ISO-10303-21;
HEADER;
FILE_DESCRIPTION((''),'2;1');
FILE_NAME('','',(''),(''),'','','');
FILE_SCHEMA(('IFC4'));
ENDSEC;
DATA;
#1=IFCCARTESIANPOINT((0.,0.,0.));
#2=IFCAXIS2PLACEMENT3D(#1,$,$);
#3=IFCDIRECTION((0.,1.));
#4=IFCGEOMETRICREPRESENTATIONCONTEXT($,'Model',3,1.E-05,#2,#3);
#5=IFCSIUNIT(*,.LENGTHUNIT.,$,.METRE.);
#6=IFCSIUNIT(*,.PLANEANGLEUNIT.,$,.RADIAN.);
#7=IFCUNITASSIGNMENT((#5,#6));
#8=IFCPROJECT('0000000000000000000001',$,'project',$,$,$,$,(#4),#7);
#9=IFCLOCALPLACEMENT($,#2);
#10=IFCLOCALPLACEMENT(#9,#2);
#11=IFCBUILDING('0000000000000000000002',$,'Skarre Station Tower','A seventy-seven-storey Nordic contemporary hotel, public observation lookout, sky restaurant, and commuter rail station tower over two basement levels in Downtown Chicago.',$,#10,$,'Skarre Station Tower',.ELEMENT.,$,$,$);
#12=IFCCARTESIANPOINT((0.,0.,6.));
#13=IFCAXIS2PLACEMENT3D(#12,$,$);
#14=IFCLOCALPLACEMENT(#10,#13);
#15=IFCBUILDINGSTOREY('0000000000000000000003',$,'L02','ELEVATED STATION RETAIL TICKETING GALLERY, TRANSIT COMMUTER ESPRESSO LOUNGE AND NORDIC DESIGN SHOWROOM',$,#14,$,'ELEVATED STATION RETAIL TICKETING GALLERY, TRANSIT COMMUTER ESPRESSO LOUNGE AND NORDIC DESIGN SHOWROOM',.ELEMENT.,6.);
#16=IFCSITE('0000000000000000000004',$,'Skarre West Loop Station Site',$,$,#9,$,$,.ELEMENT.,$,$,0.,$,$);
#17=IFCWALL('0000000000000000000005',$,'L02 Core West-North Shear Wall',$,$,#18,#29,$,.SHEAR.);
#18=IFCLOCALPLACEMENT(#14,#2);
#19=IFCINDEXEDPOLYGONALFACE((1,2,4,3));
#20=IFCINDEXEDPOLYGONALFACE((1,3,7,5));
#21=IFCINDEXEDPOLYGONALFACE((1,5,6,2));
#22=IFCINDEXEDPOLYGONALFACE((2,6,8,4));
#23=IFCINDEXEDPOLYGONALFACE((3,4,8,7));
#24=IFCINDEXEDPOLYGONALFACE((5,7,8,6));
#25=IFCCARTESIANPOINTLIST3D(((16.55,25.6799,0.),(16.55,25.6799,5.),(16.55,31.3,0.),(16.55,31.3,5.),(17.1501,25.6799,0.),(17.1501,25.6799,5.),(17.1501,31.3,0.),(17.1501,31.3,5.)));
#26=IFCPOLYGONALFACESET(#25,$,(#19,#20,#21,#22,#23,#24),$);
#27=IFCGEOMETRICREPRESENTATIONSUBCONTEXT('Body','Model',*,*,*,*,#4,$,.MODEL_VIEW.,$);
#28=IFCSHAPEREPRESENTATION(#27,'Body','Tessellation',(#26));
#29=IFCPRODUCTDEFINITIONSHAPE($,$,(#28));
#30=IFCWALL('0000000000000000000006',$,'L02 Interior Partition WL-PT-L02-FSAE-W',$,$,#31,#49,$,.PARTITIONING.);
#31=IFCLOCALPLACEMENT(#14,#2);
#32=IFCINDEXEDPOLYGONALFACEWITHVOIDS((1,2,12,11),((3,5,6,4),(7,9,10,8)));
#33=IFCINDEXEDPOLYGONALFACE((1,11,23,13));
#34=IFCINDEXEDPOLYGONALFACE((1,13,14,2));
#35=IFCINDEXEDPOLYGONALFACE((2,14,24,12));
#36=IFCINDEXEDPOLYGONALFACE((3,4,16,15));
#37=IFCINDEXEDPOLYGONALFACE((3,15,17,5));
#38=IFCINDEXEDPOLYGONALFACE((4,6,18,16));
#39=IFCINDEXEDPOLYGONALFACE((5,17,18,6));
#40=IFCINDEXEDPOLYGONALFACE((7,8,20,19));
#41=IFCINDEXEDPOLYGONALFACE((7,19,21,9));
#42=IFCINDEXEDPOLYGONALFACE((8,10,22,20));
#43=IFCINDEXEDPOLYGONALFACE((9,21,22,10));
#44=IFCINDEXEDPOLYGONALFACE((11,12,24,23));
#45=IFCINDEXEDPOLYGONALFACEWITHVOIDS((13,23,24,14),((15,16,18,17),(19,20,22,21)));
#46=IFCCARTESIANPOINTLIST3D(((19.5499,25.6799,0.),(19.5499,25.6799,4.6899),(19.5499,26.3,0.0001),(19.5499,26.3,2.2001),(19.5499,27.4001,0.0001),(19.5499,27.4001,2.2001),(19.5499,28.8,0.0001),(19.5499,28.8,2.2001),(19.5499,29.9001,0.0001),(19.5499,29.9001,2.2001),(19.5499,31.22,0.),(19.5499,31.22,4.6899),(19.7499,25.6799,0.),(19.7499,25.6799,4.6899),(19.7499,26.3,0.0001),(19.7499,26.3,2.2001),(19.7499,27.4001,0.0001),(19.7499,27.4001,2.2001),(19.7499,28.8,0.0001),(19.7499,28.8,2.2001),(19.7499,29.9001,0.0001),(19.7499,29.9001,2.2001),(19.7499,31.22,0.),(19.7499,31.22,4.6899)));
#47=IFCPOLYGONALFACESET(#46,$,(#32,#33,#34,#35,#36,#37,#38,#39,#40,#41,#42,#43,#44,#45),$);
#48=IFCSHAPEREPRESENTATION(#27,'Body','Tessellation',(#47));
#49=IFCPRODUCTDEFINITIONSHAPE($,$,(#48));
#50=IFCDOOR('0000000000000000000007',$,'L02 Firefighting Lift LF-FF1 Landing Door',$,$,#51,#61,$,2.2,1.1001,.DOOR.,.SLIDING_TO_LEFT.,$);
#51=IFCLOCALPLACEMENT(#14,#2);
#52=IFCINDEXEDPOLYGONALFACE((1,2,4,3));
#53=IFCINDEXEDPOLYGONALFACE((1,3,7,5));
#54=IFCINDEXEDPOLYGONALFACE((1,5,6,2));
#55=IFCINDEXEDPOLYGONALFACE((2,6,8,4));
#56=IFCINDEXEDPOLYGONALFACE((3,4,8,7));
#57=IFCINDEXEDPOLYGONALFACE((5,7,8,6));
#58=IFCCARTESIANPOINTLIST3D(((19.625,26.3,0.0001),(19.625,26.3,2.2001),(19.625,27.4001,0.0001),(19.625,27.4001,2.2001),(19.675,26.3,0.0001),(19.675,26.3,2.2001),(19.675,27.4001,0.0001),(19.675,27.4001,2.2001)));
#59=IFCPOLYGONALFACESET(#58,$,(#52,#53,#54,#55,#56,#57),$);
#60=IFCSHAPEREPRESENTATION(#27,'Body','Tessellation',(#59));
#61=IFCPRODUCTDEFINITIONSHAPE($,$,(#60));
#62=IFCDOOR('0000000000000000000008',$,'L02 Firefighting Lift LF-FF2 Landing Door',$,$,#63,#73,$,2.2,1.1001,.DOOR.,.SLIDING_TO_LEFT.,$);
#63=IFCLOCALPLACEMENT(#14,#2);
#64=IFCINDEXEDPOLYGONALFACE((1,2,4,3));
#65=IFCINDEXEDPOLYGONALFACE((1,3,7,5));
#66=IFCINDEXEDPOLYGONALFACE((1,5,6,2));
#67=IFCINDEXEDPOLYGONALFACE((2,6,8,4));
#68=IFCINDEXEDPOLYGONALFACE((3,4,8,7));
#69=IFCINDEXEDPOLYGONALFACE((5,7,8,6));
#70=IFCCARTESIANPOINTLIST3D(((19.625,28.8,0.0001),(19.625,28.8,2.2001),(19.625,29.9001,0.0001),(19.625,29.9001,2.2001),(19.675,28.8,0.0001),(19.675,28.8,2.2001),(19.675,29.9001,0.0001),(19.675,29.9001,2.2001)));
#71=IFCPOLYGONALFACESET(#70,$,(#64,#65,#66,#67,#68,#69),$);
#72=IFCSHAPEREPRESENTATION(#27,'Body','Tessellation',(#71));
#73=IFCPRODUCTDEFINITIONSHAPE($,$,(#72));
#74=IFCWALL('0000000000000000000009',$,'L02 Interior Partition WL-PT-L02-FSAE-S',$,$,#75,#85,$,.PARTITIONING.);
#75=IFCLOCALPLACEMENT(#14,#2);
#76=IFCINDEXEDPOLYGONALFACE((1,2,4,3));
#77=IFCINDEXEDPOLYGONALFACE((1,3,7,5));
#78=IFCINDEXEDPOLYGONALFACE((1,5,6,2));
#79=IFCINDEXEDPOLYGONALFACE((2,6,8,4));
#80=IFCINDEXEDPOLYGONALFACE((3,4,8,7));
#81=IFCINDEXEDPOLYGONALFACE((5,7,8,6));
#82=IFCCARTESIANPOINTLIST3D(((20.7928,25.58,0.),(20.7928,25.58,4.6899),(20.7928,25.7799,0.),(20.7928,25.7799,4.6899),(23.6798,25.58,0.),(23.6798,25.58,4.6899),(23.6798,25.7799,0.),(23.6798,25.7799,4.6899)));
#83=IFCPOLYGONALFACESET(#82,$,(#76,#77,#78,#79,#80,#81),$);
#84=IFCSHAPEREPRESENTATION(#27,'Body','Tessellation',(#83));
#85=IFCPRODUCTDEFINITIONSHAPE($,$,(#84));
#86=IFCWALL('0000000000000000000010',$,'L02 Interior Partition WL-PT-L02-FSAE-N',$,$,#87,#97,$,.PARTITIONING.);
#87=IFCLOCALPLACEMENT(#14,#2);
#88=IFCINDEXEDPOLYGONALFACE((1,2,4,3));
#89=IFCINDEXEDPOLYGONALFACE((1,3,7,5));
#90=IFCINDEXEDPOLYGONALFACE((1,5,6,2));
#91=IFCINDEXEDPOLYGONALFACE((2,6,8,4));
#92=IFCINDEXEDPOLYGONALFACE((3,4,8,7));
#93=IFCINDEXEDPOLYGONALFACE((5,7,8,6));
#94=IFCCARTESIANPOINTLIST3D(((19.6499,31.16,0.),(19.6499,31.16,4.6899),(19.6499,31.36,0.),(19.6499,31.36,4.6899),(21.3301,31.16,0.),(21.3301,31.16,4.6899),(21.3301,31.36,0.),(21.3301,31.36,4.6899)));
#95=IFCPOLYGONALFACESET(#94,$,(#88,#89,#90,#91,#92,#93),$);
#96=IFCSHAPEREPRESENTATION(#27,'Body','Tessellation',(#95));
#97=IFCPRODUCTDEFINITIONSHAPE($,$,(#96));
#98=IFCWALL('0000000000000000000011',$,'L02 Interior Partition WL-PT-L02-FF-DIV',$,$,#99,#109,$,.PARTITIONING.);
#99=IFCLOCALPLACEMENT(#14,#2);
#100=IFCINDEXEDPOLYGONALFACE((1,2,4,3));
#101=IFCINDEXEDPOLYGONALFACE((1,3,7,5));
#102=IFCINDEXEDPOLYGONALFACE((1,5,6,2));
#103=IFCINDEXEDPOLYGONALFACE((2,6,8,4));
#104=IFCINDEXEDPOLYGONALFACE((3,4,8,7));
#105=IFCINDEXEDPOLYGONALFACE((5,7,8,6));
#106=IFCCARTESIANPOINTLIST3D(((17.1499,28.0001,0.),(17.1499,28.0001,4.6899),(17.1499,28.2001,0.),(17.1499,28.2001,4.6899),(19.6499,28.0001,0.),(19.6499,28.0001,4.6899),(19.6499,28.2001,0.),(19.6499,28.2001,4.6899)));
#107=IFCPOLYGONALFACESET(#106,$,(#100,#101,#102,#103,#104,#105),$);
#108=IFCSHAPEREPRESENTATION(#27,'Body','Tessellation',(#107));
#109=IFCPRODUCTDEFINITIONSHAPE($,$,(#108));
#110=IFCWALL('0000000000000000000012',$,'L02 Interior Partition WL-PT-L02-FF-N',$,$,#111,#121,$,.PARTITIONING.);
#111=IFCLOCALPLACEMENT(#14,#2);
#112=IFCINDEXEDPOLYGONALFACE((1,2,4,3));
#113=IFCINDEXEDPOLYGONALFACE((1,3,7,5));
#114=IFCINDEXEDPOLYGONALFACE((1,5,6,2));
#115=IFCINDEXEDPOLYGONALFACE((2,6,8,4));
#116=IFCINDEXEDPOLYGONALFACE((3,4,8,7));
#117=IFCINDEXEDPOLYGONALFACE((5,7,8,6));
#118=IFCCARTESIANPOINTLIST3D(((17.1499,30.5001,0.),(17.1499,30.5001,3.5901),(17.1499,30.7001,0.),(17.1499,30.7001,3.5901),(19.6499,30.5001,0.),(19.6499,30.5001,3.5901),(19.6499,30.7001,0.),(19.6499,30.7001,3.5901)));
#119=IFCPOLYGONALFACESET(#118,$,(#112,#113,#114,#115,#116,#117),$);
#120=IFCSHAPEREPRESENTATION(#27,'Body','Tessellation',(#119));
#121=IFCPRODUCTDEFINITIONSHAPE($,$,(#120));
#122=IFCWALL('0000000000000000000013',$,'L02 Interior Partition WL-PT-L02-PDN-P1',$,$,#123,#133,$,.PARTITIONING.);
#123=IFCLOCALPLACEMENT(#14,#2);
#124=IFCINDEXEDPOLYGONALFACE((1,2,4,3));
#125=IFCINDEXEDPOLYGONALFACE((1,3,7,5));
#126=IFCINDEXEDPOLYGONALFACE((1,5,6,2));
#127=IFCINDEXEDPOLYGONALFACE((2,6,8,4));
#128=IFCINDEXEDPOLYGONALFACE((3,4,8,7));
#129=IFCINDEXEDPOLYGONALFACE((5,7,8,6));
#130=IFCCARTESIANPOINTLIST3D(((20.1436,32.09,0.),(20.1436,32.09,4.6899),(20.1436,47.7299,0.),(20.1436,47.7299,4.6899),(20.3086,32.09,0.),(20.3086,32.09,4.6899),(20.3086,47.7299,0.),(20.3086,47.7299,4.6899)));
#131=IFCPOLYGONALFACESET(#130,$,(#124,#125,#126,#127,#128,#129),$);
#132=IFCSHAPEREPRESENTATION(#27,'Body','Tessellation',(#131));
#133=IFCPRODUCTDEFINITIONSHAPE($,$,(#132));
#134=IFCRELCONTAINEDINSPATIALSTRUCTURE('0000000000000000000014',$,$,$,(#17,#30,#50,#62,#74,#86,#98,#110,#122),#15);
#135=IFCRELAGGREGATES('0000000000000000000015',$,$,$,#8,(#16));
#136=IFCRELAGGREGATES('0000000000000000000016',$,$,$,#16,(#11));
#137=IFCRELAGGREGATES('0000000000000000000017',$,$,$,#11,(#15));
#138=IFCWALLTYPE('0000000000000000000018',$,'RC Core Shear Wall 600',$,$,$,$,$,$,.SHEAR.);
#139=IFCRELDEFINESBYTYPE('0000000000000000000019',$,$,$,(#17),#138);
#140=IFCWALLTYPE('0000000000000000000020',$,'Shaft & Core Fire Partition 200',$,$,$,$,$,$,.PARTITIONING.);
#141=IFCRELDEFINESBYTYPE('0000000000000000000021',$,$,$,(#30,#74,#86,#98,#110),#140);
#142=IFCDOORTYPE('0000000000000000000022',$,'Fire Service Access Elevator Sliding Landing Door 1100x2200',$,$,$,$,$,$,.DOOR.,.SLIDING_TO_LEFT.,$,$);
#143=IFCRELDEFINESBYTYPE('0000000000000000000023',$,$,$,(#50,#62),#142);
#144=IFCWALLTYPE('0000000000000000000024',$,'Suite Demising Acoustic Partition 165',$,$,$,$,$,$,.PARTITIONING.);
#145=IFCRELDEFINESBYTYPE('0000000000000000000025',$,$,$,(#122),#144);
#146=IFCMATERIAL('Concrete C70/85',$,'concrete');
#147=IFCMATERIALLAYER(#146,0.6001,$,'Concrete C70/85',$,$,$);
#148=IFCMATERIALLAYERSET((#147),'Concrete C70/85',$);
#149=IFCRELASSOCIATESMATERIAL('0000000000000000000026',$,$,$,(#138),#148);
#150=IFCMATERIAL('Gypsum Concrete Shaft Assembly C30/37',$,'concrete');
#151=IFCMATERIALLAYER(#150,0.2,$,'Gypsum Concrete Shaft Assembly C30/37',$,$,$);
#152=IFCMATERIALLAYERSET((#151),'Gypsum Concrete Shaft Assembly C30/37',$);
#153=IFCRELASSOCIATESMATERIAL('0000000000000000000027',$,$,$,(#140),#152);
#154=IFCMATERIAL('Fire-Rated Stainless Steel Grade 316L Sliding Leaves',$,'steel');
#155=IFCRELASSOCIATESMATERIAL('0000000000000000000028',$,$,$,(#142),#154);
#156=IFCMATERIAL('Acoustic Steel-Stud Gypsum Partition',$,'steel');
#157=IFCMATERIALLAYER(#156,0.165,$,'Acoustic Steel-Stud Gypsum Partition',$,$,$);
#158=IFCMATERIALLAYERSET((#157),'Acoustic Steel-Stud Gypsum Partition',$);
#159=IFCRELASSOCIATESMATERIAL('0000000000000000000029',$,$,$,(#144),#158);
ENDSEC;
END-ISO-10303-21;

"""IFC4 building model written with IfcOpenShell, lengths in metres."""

from ifc_helpers import new_model, si_unit, direction, frame, frame_2d, origin, place, context, subcontext, project, spatial, rectangle, extrude, material, layer, layer_set, type_object, element, fill, save


model = new_model("IFC4")

# Units and contexts
model_context = context("Model", 3, precision=1e-05, world=origin(), true_north=direction((0.0, 1.0)))
body_context = subcontext(model_context, "Body", "Model", "MODEL_VIEW")
ifc_project = project(units=[si_unit("LENGTHUNIT", "METRE"), si_unit("PLANEANGLEUNIT", "RADIAN")], contexts=[model_context])

# Site, building, storey
site_placement = place(None, origin())
site = spatial("IfcSite", under=ifc_project, at=site_placement, Name="Skarre West Loop Station Site", CompositionType="ELEMENT", RefElevation=0.0)
building_placement = place(site_placement, origin())
building = spatial("IfcBuilding", under=site, at=building_placement, Name="Skarre Station Tower", Description="A seventy-seven-storey Nordic contemporary hotel, public observation lookout, sky restaurant, and commuter rail station tower over two basement levels in Downtown Chicago.", LongName="Skarre Station Tower", CompositionType="ELEMENT")
storey_placement = place(building_placement, frame((0.0, 0.0, 6.0)))
storey = spatial("IfcBuildingStorey", under=building, at=storey_placement, Name="L02", Description="ELEVATED STATION RETAIL TICKETING GALLERY, TRANSIT COMMUTER ESPRESSO LOUNGE AND NORDIC DESIGN SHOWROOM", LongName="ELEVATED STATION RETAIL TICKETING GALLERY, TRANSIT COMMUTER ESPRESSO LOUNGE AND NORDIC DESIGN SHOWROOM", CompositionType="ELEMENT", Elevation=6.0)

# Shared definitions
ifc_material_1 = material(Name="Concrete C70/85", Category="concrete")

# Shared definitions
ifc_material_2 = material(Name="Acoustic Steel-Stud Gypsum Partition", Category="steel")

# Wall
ifc_layer_1 = layer(ifc_material_1, 0.6001, Name="Concrete C70/85")
ifc_layer_set_1 = layer_set([ifc_layer_1], Name="Concrete C70/85")
wall_type_1 = type_object("IfcWallType", Name="RC Core Shear Wall 600", PredefinedType="SHEAR", material=ifc_layer_set_1)
wall_1_placement = place(storey_placement, frame((16.8501, 25.6799, 0.0), z_axis=(0.0, 0.0, 1.0), x_axis=(0.0, 1.0, 0.0)))
element("IfcWall", 1, at=wall_1_placement, inside=storey, type_object=wall_type_1, Name="L02 Core West-North Shear Wall", PredefinedType="SHEAR", context=body_context, shape_type="SweptSolid", body=[
    extrude(rectangle(XDim=5.6201, YDim=0.6001, at=frame_2d((2.8101, 0.0))), origin(), (0.0, 0.0, 1.0), 5.0),
])

# Wall, openings, doors
ifc_material_3 = material(Name="Gypsum Concrete Shaft Assembly C30/37", Category="concrete")
ifc_layer_2 = layer(ifc_material_3, 0.2, Name="Gypsum Concrete Shaft Assembly C30/37")
ifc_layer_set_2 = layer_set([ifc_layer_2], Name="Gypsum Concrete Shaft Assembly C30/37")
wall_type_2 = type_object("IfcWallType", Name="Shaft & Core Fire Partition 200", PredefinedType="PARTITIONING", material=ifc_layer_set_2)
wall_2_placement = place(storey_placement, frame((19.6499, 25.6799, 0.0), z_axis=(0.0, 0.0, 1.0), x_axis=(0.0, 1.0, 0.0)))
wall_2 = element("IfcWall", 2, at=wall_2_placement, inside=storey, type_object=wall_type_2, Name="L02 Interior Partition WL-PT-L02-FSAE-W", PredefinedType="PARTITIONING", context=body_context, shape_type="SweptSolid", body=[
    extrude(rectangle(XDim=5.54, YDim=0.2, at=frame_2d((2.77, 0.0))), origin(), (0.0, 0.0, 1.0), 4.6899),
])
opening_1_placement = place(wall_2_placement, frame((0.6201, 0.0, 0.0)))
opening_1 = element("IfcOpeningElement", 3, at=opening_1_placement, cuts=wall_2, PredefinedType="OPENING", context=body_context, shape_type="SweptSolid", body=[
    extrude(rectangle(XDim=1.1001, YDim=2.2, at=frame_2d((0.55, 1.1001))), frame((0.0, 0.1099, 0.0), z_axis=(0.0, -1.0, 0.0), x_axis=(1.0, 0.0, 0.0)), (0.0, 0.0, 1.0), 0.22),
])
opening_2_placement = place(wall_2_placement, frame((3.1201, 0.0, 0.0)))
opening_2 = element("IfcOpeningElement", 4, at=opening_2_placement, cuts=wall_2, PredefinedType="OPENING", context=body_context, shape_type="SweptSolid", body=[
    extrude(rectangle(XDim=1.1001, YDim=2.2, at=frame_2d((0.55, 1.1001))), frame((0.0, 0.1099, 0.0), z_axis=(0.0, -1.0, 0.0), x_axis=(1.0, 0.0, 0.0)), (0.0, 0.0, 1.0), 0.22),
])
ifc_material_4 = material(Name="Fire-Rated Stainless Steel Grade 316L Sliding Leaves", Category="steel")
door_type_1 = type_object("IfcDoorType", Name="Fire Service Access Elevator Sliding Landing Door 1100x2200", OperationType="SLIDING_TO_LEFT", PredefinedType="DOOR", material=ifc_material_4)
door_1_placement = place(opening_1_placement, origin())
door_1 = element("IfcDoor", 5, at=door_1_placement, inside=storey, type_object=door_type_1, Name="L02 Firefighting Lift LF-FF1 Landing Door", OperationType="SLIDING_TO_LEFT", OverallHeight=2.2, OverallWidth=1.1001, PredefinedType="DOOR", context=body_context, shape_type="SweptSolid", body=[
    extrude(rectangle(XDim=1.1001, YDim=2.2, at=frame_2d((0.55, 1.1001))), frame((0.0, 0.0249, 0.0), z_axis=(0.0, -1.0, 0.0), x_axis=(1.0, 0.0, 0.0)), (0.0, 0.0, 1.0), 0.05),
])
fill(opening_1, door_1)
door_2_placement = place(opening_2_placement, origin())
door_2 = element("IfcDoor", 6, at=door_2_placement, inside=storey, type_object=door_type_1, Name="L02 Firefighting Lift LF-FF2 Landing Door", OperationType="SLIDING_TO_LEFT", OverallHeight=2.2, OverallWidth=1.1001, PredefinedType="DOOR", context=body_context, shape_type="SweptSolid", body=[
    extrude(rectangle(XDim=1.1001, YDim=2.2, at=frame_2d((0.55, 1.1001))), frame((0.0, 0.0249, 0.0), z_axis=(0.0, -1.0, 0.0), x_axis=(1.0, 0.0, 0.0)), (0.0, 0.0, 1.0), 0.05),
])
fill(opening_2, door_2)

# Walls
wall_3_placement = place(storey_placement, frame((20.793, 25.6799, 0.0), z_axis=(0.0, 0.0, 1.0), x_axis=(1.0, 0.0, 0.0)))
element("IfcWall", 7, at=wall_3_placement, inside=storey, type_object=wall_type_2, Name="L02 Interior Partition WL-PT-L02-FSAE-S", PredefinedType="PARTITIONING", context=body_context, shape_type="SweptSolid", body=[
    extrude(rectangle(XDim=2.887, YDim=0.2, at=frame_2d((1.4434, 0.0))), origin(), (0.0, 0.0, 1.0), 4.6899),
])
wall_4_placement = place(storey_placement, frame((21.3301, 31.26, 0.0), z_axis=(0.0, 0.0, 1.0), x_axis=(-1.0, 0.0, 0.0)))
element("IfcWall", 8, at=wall_4_placement, inside=storey, type_object=wall_type_2, Name="L02 Interior Partition WL-PT-L02-FSAE-N", PredefinedType="PARTITIONING", context=body_context, shape_type="SweptSolid", body=[
    extrude(rectangle(XDim=1.6802, YDim=0.2, at=frame_2d((0.8401, 0.0))), origin(), (0.0, 0.0, 1.0), 4.6899),
])
wall_5_placement = place(storey_placement, frame((17.1499, 28.1001, 0.0), z_axis=(0.0, 0.0, 1.0), x_axis=(1.0, 0.0, 0.0)))
element("IfcWall", 9, at=wall_5_placement, inside=storey, type_object=wall_type_2, Name="L02 Interior Partition WL-PT-L02-FF-DIV", PredefinedType="PARTITIONING", context=body_context, shape_type="SweptSolid", body=[
    extrude(rectangle(XDim=2.5, YDim=0.2, at=frame_2d((1.25, 0.0))), origin(), (0.0, 0.0, 1.0), 4.6899),
])
wall_6_placement = place(storey_placement, frame((19.6499, 30.6001, 0.0), z_axis=(0.0, 0.0, 1.0), x_axis=(-1.0, 0.0, 0.0)))
element("IfcWall", 10, at=wall_6_placement, inside=storey, type_object=wall_type_2, Name="L02 Interior Partition WL-PT-L02-FF-N", PredefinedType="PARTITIONING", context=body_context, shape_type="SweptSolid", body=[
    extrude(rectangle(XDim=2.5, YDim=0.2, at=frame_2d((1.25, 0.0))), origin(), (0.0, 0.0, 1.0), 3.5901),
])
ifc_layer_3 = layer(ifc_material_2, 0.165, Name="Acoustic Steel-Stud Gypsum Partition")
ifc_layer_set_3 = layer_set([ifc_layer_3], Name="Acoustic Steel-Stud Gypsum Partition")
wall_type_3 = type_object("IfcWallType", Name="Suite Demising Acoustic Partition 165", PredefinedType="PARTITIONING", material=ifc_layer_set_3)
wall_7_placement = place(storey_placement, frame((20.2261, 32.0901, 0.0), z_axis=(0.0, 0.0, 1.0), x_axis=(0.0, 1.0, 0.0)))
element("IfcWall", 11, at=wall_7_placement, inside=storey, type_object=wall_type_3, Name="L02 Interior Partition WL-PT-L02-PDN-P1", PredefinedType="PARTITIONING", context=body_context, shape_type="SweptSolid", body=[
    extrude(rectangle(XDim=15.6399, YDim=0.165, at=frame_2d((7.8198, 0.0))), origin(), (0.0, 0.0, 1.0), 4.6899),
])

save(model, "model.ifc")
